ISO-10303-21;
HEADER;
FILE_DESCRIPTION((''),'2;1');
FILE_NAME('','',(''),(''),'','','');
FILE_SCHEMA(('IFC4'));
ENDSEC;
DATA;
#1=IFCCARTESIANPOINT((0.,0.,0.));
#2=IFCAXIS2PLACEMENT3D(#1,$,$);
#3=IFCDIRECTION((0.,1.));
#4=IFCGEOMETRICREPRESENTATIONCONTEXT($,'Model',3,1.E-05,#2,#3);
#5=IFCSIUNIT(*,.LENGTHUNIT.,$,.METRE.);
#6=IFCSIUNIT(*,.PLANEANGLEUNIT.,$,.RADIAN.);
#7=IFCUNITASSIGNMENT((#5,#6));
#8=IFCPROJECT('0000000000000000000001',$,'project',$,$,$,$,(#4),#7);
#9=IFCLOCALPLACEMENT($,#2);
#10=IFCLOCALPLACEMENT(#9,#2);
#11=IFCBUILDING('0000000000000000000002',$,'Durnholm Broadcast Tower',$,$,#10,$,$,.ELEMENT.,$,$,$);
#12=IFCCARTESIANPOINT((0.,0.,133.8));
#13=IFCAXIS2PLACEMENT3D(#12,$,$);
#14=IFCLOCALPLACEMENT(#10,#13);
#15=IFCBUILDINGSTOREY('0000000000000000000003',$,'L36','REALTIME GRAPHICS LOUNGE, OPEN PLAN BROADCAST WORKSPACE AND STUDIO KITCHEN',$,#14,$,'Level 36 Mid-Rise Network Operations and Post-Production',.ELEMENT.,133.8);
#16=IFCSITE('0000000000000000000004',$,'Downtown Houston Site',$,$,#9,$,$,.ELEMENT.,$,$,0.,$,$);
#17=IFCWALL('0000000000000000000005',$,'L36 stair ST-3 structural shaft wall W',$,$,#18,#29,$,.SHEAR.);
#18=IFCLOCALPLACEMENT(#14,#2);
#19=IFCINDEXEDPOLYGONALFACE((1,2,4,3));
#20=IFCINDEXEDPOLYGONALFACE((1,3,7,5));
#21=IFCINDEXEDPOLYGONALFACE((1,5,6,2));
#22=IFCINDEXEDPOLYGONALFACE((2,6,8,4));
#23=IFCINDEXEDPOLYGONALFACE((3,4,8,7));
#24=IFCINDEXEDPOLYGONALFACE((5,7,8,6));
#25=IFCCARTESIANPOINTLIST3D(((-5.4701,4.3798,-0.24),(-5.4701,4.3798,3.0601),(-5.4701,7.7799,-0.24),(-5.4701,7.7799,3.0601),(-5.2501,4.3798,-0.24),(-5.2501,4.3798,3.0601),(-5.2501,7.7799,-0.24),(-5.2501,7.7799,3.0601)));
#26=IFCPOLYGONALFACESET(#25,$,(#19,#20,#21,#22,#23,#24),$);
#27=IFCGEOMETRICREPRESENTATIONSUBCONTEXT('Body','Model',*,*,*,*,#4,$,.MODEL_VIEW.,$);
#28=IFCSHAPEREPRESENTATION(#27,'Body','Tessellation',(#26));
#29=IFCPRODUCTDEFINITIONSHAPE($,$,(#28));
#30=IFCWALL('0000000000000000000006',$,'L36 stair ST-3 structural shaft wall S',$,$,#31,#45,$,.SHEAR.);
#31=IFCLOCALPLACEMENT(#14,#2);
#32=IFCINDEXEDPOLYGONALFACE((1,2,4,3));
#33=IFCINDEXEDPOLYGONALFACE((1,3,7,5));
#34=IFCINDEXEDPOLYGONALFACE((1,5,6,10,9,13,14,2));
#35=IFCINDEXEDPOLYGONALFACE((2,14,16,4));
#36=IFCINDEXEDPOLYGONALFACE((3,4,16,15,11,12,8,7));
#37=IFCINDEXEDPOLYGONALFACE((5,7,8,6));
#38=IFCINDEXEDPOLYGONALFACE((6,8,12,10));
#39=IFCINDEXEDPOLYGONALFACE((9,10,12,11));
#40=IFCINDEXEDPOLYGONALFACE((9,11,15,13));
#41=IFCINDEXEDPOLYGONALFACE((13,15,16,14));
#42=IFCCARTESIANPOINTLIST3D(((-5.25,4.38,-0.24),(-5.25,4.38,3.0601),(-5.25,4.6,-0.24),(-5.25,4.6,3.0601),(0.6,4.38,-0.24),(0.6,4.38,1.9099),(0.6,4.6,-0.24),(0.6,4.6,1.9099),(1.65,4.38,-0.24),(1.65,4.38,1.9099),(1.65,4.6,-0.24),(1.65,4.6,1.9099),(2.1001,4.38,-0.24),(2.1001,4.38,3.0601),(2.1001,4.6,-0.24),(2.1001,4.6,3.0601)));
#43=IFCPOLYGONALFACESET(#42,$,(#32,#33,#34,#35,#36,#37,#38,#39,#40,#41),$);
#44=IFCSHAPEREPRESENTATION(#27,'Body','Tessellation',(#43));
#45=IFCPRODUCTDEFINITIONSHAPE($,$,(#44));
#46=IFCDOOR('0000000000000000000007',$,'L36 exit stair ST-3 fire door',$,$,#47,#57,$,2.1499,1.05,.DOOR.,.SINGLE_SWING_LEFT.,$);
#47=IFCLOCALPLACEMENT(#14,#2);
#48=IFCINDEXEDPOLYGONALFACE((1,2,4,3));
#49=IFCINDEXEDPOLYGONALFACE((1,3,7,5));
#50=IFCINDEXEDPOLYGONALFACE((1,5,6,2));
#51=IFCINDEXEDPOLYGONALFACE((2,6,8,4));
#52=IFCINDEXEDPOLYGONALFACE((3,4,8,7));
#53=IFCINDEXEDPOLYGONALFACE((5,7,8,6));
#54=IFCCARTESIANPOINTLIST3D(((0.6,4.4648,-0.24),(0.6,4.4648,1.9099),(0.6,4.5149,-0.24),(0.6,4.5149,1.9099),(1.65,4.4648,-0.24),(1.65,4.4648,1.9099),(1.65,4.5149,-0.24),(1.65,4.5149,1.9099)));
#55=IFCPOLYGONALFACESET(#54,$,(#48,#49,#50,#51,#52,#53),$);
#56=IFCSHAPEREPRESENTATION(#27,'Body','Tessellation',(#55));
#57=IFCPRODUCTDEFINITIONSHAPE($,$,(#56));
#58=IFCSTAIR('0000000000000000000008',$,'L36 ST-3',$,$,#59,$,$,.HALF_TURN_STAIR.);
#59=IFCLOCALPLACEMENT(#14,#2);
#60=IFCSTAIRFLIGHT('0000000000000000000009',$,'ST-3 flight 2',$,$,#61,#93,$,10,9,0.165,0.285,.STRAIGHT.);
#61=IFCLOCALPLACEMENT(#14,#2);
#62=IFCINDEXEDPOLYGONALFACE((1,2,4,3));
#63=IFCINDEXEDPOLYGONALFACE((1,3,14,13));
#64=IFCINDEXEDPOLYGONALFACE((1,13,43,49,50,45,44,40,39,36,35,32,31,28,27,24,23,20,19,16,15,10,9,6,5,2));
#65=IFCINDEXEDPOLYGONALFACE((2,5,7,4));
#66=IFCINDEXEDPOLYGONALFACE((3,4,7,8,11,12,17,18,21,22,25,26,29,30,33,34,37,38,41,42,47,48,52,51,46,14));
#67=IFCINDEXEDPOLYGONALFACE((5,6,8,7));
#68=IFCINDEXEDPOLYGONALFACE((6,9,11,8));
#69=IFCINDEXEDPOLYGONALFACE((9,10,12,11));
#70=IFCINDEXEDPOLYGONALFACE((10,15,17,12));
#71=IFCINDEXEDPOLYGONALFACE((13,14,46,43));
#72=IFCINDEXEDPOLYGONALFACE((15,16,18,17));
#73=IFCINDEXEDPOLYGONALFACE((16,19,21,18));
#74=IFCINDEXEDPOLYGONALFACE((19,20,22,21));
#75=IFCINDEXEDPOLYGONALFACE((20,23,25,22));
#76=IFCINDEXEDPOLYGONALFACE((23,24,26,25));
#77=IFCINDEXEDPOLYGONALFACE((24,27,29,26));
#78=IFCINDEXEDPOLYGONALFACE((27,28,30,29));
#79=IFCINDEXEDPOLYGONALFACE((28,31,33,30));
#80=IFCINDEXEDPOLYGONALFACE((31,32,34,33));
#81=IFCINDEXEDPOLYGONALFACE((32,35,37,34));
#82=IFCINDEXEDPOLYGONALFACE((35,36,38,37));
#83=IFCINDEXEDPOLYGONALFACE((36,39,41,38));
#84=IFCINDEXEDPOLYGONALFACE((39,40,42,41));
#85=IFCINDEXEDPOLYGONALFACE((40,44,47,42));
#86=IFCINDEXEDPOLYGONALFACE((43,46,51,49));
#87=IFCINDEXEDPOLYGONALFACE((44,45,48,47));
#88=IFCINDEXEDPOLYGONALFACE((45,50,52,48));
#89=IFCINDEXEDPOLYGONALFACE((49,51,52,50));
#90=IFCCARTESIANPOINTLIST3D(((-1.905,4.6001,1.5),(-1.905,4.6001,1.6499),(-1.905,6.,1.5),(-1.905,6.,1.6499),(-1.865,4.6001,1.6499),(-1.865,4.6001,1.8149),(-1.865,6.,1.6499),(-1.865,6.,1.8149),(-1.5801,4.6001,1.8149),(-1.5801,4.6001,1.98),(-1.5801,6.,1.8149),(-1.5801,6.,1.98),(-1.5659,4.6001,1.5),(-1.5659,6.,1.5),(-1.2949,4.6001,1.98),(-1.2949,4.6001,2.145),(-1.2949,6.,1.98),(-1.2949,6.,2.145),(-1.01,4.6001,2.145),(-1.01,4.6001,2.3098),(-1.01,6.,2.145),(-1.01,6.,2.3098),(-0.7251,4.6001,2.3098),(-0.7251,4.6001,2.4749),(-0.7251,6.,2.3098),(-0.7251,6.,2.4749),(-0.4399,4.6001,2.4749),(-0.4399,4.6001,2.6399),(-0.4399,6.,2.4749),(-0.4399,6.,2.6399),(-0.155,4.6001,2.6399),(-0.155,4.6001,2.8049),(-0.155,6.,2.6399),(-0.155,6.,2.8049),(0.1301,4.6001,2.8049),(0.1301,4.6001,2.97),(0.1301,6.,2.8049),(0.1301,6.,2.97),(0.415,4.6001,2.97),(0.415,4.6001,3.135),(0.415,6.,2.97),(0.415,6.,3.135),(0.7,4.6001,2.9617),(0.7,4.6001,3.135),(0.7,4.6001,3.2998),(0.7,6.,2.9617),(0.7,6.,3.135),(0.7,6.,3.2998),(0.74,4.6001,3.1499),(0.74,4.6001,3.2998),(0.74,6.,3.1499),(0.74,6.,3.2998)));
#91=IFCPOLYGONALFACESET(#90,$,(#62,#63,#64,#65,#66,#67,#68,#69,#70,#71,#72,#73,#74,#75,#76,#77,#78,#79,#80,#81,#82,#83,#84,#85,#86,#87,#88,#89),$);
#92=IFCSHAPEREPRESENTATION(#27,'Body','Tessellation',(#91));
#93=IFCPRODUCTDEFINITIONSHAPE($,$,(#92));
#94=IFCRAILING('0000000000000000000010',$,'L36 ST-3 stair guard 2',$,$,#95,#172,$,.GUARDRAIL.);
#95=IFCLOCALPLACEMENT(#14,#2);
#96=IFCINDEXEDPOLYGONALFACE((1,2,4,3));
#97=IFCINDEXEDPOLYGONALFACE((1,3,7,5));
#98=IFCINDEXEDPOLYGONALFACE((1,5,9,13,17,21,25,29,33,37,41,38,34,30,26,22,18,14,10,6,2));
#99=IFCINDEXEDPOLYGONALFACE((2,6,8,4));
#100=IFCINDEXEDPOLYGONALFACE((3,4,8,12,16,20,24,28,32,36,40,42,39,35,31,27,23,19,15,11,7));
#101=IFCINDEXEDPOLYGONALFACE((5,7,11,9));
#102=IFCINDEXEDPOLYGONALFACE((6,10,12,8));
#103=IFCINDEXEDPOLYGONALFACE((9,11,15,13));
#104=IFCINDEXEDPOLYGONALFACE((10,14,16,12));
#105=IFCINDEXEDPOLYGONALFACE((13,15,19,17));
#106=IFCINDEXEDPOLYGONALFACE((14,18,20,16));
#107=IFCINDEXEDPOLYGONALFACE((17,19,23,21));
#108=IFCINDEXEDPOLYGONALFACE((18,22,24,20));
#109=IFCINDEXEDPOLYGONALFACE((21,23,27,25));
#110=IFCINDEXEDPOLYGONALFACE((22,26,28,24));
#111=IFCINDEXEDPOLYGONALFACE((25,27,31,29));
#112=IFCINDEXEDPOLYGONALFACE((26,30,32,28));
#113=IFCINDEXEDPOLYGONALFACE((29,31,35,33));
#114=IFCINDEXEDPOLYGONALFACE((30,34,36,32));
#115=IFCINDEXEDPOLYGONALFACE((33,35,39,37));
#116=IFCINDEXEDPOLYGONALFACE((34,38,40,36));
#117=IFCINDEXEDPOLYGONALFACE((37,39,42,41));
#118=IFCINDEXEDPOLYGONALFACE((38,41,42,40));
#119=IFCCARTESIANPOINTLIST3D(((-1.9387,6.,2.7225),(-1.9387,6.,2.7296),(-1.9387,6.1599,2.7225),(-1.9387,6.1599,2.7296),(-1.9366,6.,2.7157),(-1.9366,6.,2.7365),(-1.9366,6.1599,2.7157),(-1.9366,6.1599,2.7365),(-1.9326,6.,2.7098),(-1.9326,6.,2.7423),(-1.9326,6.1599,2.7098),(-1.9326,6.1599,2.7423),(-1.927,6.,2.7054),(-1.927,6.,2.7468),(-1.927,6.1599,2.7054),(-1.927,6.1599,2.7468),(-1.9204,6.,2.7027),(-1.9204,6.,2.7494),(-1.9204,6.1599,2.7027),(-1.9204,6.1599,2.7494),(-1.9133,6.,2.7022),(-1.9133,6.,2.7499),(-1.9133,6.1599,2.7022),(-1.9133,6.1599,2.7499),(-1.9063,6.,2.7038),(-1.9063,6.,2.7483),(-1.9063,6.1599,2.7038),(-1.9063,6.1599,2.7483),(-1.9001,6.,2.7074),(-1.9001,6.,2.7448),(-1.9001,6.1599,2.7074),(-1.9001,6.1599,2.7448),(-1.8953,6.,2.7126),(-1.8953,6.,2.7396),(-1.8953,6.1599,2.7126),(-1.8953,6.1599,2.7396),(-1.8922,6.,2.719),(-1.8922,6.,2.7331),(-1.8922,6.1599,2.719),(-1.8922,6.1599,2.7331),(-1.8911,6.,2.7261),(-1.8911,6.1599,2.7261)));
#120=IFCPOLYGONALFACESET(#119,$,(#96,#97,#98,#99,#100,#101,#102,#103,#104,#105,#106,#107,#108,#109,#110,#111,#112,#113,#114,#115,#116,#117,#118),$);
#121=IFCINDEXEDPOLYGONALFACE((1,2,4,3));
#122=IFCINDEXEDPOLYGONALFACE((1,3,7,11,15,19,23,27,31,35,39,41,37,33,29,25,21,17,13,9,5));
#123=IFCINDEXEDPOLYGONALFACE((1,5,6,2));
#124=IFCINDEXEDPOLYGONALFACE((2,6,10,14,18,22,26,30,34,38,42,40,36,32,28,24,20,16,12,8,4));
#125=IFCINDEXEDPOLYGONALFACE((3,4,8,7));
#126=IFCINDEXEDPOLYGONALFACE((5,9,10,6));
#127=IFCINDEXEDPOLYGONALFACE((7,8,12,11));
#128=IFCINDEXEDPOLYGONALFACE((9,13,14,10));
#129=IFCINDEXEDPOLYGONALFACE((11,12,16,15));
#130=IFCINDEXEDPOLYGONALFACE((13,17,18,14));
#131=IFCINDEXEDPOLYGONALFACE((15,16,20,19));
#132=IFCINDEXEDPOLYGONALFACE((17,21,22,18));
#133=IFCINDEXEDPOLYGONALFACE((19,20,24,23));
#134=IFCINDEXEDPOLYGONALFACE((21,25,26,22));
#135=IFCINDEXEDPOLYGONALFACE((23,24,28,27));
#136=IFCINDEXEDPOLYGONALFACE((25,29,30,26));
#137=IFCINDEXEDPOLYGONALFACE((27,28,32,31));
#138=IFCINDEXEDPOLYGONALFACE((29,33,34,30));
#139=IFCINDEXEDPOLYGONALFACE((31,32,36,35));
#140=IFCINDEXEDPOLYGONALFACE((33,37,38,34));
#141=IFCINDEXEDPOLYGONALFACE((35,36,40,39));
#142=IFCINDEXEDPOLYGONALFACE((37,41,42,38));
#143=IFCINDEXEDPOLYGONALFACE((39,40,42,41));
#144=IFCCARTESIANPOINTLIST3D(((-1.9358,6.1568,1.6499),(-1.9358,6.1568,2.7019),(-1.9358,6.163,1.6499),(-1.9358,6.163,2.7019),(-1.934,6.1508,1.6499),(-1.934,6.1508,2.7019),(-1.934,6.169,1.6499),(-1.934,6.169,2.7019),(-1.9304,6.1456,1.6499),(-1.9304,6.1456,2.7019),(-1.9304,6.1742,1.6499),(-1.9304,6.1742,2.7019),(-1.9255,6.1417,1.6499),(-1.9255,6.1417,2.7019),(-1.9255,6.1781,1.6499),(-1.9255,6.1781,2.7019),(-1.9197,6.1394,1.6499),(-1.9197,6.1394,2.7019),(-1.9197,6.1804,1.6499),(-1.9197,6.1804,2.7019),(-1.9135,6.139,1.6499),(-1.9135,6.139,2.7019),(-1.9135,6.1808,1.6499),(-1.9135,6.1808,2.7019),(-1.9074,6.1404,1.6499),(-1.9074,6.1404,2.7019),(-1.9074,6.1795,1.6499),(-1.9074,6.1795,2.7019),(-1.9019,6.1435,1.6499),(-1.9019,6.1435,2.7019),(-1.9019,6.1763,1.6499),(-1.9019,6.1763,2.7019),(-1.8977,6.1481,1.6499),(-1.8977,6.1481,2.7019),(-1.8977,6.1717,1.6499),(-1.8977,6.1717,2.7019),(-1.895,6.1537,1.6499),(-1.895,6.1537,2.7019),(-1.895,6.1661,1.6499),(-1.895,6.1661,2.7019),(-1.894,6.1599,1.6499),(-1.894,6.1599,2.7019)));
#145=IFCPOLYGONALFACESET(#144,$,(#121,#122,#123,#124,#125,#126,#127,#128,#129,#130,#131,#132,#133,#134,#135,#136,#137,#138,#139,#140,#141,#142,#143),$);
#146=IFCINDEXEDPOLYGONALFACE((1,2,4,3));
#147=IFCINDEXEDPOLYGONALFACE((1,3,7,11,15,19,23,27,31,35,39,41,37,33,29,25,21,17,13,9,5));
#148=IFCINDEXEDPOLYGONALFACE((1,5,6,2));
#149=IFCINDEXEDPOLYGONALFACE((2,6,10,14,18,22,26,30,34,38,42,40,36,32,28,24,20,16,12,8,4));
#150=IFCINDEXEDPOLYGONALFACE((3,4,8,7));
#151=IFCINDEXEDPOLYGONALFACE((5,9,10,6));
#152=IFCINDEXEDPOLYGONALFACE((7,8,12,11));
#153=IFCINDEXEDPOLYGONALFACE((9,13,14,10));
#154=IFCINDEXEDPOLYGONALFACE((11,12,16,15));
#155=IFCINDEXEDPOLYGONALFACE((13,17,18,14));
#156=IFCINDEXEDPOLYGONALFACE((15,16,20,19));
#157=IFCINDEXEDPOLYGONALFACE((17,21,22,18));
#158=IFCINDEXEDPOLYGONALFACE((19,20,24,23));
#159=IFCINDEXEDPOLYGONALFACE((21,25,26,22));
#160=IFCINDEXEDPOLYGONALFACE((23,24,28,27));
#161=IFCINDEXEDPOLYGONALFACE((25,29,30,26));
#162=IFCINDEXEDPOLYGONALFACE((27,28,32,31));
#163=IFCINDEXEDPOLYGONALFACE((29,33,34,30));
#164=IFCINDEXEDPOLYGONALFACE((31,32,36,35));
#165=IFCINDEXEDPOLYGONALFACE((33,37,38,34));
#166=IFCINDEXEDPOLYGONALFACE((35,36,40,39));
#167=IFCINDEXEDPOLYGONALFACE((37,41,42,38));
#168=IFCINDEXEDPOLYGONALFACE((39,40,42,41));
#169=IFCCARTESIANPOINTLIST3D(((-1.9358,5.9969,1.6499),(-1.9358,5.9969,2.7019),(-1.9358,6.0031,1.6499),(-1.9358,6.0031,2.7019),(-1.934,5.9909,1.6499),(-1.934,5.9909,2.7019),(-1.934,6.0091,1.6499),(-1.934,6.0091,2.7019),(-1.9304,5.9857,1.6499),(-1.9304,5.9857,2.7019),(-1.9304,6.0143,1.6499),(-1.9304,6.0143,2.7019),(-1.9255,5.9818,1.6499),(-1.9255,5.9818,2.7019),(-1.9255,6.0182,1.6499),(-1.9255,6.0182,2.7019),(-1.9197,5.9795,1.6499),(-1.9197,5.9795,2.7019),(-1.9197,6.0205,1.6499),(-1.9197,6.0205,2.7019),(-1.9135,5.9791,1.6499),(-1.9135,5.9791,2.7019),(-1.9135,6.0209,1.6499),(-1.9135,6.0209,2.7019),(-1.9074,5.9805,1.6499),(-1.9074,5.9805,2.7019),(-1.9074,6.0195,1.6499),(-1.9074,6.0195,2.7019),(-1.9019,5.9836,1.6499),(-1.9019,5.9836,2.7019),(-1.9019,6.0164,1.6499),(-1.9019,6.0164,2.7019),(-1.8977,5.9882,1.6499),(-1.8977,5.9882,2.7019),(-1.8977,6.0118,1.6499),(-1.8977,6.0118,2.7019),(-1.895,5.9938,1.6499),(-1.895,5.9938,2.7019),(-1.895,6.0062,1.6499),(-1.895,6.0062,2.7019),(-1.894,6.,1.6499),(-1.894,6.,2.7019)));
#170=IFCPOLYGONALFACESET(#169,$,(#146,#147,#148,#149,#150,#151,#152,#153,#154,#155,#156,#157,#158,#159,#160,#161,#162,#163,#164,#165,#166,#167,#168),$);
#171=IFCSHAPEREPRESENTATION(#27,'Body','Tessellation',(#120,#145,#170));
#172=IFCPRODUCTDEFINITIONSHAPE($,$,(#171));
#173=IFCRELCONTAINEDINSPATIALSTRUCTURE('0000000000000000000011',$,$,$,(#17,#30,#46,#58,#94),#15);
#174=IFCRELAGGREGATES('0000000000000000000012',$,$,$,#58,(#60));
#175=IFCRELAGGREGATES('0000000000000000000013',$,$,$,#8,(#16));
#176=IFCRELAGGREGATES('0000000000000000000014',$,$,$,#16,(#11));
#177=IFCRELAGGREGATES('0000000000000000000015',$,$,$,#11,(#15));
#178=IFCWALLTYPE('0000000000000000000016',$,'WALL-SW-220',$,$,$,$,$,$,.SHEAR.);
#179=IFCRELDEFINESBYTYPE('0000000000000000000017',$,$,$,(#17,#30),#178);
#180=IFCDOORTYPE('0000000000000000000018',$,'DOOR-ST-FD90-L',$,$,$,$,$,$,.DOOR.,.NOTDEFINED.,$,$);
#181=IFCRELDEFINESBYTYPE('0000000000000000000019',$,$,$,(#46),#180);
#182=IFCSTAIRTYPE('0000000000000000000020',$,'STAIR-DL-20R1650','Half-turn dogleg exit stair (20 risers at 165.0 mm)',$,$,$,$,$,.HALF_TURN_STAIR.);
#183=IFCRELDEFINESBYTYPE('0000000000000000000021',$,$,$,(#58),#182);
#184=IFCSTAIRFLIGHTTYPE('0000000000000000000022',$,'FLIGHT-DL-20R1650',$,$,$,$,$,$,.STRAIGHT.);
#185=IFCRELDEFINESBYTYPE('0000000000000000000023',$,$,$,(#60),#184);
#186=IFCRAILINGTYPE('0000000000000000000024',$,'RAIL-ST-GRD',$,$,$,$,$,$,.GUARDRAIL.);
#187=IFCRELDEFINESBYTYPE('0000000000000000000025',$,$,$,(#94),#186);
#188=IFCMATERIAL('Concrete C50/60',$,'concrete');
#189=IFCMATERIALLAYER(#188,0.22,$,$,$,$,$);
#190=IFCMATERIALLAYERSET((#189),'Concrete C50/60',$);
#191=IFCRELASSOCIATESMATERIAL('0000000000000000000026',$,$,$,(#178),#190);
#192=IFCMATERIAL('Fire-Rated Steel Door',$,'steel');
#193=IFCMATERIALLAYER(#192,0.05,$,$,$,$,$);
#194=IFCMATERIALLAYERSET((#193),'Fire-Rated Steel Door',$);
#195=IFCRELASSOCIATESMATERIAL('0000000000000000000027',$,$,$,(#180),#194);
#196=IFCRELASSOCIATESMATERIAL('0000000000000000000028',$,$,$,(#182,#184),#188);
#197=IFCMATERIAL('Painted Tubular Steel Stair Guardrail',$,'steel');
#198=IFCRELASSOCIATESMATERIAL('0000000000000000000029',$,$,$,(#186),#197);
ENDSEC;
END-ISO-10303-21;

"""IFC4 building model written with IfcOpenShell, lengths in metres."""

from ifc_helpers import new_model, si_unit, direction, frame, frame_2d, origin, origin_2d, place, context, subcontext, project, spatial, polyline, rectangle, circle, outline, extrude, source, transform, mapped, material, layer, layer_set, type_object, type_shapes, element, fill, aggregate, save


model = new_model("IFC4")

# Units and contexts
model_context = context("Model", 3, precision=1e-05, world=origin(), true_north=direction((0.0, 1.0)))
body_context = subcontext(model_context, "Body", "Model", "MODEL_VIEW")
ifc_project = project(units=[si_unit("LENGTHUNIT", "METRE"), si_unit("PLANEANGLEUNIT", "RADIAN")], contexts=[model_context])

# Site, building, storey
site_placement = place(None, origin())
site = spatial("IfcSite", under=ifc_project, at=site_placement, Name="Downtown Houston Site", CompositionType="ELEMENT", RefElevation=0.0)
building_placement = place(site_placement, origin())
building = spatial("IfcBuilding", under=site, at=building_placement, Name="Durnholm Broadcast Tower", CompositionType="ELEMENT")
storey_placement = place(building_placement, frame((0.0, 0.0, 133.8)))
storey = spatial("IfcBuildingStorey", under=building, at=storey_placement, Name="L36", Description="REALTIME GRAPHICS LOUNGE, OPEN PLAN BROADCAST WORKSPACE AND STUDIO KITCHEN", LongName="Level 36 Mid-Rise Network Operations and Post-Production", CompositionType="ELEMENT", Elevation=133.8)

# Wall
ifc_material_1 = material(Name="Concrete C50/60", Category="concrete")
ifc_layer_1 = layer(ifc_material_1, 0.22)
ifc_layer_set_1 = layer_set([ifc_layer_1], Name="Concrete C50/60")
wall_type_1 = type_object("IfcWallType", Name="WALL-SW-220", PredefinedType="SHEAR", material=ifc_layer_set_1)
wall_1_placement = place(storey_placement, frame((-5.3601, 7.78, -0.24), z_axis=(0.0, 0.0, 1.0), x_axis=(0.0, -1.0, 0.0)))
element("IfcWall", 1, at=wall_1_placement, inside=storey, type_object=wall_type_1, Name="L36 stair ST-3 structural shaft wall W", PredefinedType="SHEAR", context=body_context, shape_type="SweptSolid", body=[
    extrude(rectangle(XDim=3.4001, YDim=0.22, at=frame_2d((1.7002, 0.0))), origin(), (0.0, 0.0, 1.0), 3.3),
])

# Wall, opening, door
wall_2_placement = place(storey_placement, frame((-5.25, 4.49, -0.24), z_axis=(0.0, 0.0, 1.0), x_axis=(1.0, 0.0, 0.0)))
wall_2 = element("IfcWall", 2, at=wall_2_placement, inside=storey, type_object=wall_type_1, Name="L36 stair ST-3 structural shaft wall S", PredefinedType="SHEAR", context=body_context, shape_type="SweptSolid", body=[
    extrude(rectangle(XDim=7.3501, YDim=0.22, at=frame_2d((3.675, 0.0))), origin(), (0.0, 0.0, 1.0), 3.3),
])
opening_1_placement = place(wall_2_placement, frame((5.8501, 0.0, 0.0)))
opening_1 = element("IfcOpeningElement", 3, at=opening_1_placement, cuts=wall_2, PredefinedType="OPENING", context=body_context, shape_type="SweptSolid", body=[
    extrude(rectangle(XDim=1.05, YDim=2.1499, at=frame_2d((0.5249, 1.075))), frame((0.0, 0.1201, 0.0), z_axis=(0.0, -1.0, 0.0), x_axis=(1.0, 0.0, 0.0)), (0.0, 0.0, 1.0), 0.24),
])
ifc_material_2 = material(Name="Fire-Rated Steel Door", Category="steel")
ifc_layer_2 = layer(ifc_material_2, 0.05)
ifc_layer_set_2 = layer_set([ifc_layer_2], Name="Fire-Rated Steel Door")
door_type_1 = type_object("IfcDoorType", Name="DOOR-ST-FD90-L", OperationType="NOTDEFINED", PredefinedType="DOOR", material=ifc_layer_set_2)
shared_shape_1 = source(origin(), body_context, "Body", "SweptSolid", [
    extrude(rectangle(XDim=1.05, YDim=2.1499, at=frame_2d((0.5249, 1.075))), frame((0.0, 0.0249, 0.0), z_axis=(0.0, -1.0, 0.0), x_axis=(1.0, 0.0, 0.0)), (0.0, 0.0, 1.0), 0.05),
])
type_shapes(door_type_1, [shared_shape_1])
door_1_placement = place(opening_1_placement, origin())
door_1 = element("IfcDoor", 4, at=door_1_placement, inside=storey, type_object=door_type_1, Name="L36 exit stair ST-3 fire door", OperationType="SINGLE_SWING_LEFT", OverallHeight=2.1499, OverallWidth=1.05, PredefinedType="DOOR", context=body_context, shape_type="MappedRepresentation", body=[
    mapped(shared_shape_1, transform((0.0, 0.0, 0.0), x_axis=(1.0, 0.0, 0.0), y_axis=(0.0, 1.0, 0.0), z_axis=(0.0, 0.0, 1.0), scale=1.0)),
])
fill(opening_1, door_1)

# Stair, stair flight
stair_type = type_object("IfcStairType", Name="STAIR-DL-20R1650", Description="Half-turn dogleg exit stair (20 risers at 165.0 mm)", PredefinedType="HALF_TURN_STAIR", material=ifc_material_1)
stair_placement = place(storey_placement, origin())
stair = element("IfcStair", 5, at=stair_placement, inside=storey, type_object=stair_type, Name="L36 ST-3", PredefinedType="HALF_TURN_STAIR")
stair_flight_type = type_object("IfcStairFlightType", Name="FLIGHT-DL-20R1650", PredefinedType="STRAIGHT", material=ifc_material_1)
stair_flight_placement = place(storey_placement, frame((-1.865, 5.3, 1.6499), z_axis=(0.0, 0.0, 1.0), x_axis=(1.0, 0.0, 0.0)))
stair_flight = element("IfcStairFlight", 6, at=stair_flight_placement, type_object=stair_flight_type, Name="ST-3 flight 2", NumberOfRisers=10, NumberOfTreads=9, PredefinedType="STRAIGHT", RiserHeight=0.165, TreadLength=0.285, context=body_context, shape_type="SweptSolid", body=[
    extrude(outline(polyline([(-0.04, -0.1499), (-0.04, 0.0), (0.0, 0.0), (0.0, 0.165), (0.2849, 0.165), (0.2849, 0.3301), (0.5701, 0.3301), (0.5701, 0.4951), (0.855, 0.4951), (0.855, 0.6599), (1.1399, 0.6599), (1.1399, 0.825), (1.425, 0.825), (1.425, 0.99), (1.71, 0.99), (1.71, 1.155), (1.9951, 1.155), (1.9951, 1.3201), (2.28, 1.3201), (2.28, 1.4851), (2.5649, 1.4851), (2.5649, 1.6499), (2.605, 1.6499), (2.605, 1.5), (2.5649, 1.3118), (0.2991, -0.1499), (-0.04, -0.1499)])), frame((0.0, 0.7, 0.0), z_axis=(0.0, -1.0, 0.0), x_axis=(1.0, 0.0, 0.0)), (0.0, 0.0, 1.0), 1.3999),
])
aggregate(stair, [stair_flight])

# Railing
ifc_material_3 = material(Name="Painted Tubular Steel Stair Guardrail", Category="steel")
railing_type_1 = type_object("IfcRailingType", Name="RAIL-ST-GRD", PredefinedType="GUARDRAIL", material=ifc_material_3)
railing_1_placement = place(storey_placement, frame((-1.915, 6.1599, 1.6499)))
element("IfcRailing", 7, at=railing_1_placement, inside=storey, type_object=railing_type_1, Name="L36 ST-3 stair guard 2", PredefinedType="GUARDRAIL", context=body_context, shape_type="SweptSolid", body=[
    extrude(circle(Radius=0.0239, at=origin_2d()), frame((0.0, 0.0, 1.0762), z_axis=(0.0, -1.0, 0.0), x_axis=(1.0, 0.0, 0.0)), (0.0, 0.0, 1.0), 0.1599),
    extrude(circle(Radius=0.021, at=origin_2d()), origin(), (0.0, 0.0, 1.0), 1.052),
    extrude(circle(Radius=0.021, at=origin_2d()), frame((0.0, -0.1599, 0.0)), (0.0, 0.0, 1.0), 1.052),
])

save(model, "model.ifc")
